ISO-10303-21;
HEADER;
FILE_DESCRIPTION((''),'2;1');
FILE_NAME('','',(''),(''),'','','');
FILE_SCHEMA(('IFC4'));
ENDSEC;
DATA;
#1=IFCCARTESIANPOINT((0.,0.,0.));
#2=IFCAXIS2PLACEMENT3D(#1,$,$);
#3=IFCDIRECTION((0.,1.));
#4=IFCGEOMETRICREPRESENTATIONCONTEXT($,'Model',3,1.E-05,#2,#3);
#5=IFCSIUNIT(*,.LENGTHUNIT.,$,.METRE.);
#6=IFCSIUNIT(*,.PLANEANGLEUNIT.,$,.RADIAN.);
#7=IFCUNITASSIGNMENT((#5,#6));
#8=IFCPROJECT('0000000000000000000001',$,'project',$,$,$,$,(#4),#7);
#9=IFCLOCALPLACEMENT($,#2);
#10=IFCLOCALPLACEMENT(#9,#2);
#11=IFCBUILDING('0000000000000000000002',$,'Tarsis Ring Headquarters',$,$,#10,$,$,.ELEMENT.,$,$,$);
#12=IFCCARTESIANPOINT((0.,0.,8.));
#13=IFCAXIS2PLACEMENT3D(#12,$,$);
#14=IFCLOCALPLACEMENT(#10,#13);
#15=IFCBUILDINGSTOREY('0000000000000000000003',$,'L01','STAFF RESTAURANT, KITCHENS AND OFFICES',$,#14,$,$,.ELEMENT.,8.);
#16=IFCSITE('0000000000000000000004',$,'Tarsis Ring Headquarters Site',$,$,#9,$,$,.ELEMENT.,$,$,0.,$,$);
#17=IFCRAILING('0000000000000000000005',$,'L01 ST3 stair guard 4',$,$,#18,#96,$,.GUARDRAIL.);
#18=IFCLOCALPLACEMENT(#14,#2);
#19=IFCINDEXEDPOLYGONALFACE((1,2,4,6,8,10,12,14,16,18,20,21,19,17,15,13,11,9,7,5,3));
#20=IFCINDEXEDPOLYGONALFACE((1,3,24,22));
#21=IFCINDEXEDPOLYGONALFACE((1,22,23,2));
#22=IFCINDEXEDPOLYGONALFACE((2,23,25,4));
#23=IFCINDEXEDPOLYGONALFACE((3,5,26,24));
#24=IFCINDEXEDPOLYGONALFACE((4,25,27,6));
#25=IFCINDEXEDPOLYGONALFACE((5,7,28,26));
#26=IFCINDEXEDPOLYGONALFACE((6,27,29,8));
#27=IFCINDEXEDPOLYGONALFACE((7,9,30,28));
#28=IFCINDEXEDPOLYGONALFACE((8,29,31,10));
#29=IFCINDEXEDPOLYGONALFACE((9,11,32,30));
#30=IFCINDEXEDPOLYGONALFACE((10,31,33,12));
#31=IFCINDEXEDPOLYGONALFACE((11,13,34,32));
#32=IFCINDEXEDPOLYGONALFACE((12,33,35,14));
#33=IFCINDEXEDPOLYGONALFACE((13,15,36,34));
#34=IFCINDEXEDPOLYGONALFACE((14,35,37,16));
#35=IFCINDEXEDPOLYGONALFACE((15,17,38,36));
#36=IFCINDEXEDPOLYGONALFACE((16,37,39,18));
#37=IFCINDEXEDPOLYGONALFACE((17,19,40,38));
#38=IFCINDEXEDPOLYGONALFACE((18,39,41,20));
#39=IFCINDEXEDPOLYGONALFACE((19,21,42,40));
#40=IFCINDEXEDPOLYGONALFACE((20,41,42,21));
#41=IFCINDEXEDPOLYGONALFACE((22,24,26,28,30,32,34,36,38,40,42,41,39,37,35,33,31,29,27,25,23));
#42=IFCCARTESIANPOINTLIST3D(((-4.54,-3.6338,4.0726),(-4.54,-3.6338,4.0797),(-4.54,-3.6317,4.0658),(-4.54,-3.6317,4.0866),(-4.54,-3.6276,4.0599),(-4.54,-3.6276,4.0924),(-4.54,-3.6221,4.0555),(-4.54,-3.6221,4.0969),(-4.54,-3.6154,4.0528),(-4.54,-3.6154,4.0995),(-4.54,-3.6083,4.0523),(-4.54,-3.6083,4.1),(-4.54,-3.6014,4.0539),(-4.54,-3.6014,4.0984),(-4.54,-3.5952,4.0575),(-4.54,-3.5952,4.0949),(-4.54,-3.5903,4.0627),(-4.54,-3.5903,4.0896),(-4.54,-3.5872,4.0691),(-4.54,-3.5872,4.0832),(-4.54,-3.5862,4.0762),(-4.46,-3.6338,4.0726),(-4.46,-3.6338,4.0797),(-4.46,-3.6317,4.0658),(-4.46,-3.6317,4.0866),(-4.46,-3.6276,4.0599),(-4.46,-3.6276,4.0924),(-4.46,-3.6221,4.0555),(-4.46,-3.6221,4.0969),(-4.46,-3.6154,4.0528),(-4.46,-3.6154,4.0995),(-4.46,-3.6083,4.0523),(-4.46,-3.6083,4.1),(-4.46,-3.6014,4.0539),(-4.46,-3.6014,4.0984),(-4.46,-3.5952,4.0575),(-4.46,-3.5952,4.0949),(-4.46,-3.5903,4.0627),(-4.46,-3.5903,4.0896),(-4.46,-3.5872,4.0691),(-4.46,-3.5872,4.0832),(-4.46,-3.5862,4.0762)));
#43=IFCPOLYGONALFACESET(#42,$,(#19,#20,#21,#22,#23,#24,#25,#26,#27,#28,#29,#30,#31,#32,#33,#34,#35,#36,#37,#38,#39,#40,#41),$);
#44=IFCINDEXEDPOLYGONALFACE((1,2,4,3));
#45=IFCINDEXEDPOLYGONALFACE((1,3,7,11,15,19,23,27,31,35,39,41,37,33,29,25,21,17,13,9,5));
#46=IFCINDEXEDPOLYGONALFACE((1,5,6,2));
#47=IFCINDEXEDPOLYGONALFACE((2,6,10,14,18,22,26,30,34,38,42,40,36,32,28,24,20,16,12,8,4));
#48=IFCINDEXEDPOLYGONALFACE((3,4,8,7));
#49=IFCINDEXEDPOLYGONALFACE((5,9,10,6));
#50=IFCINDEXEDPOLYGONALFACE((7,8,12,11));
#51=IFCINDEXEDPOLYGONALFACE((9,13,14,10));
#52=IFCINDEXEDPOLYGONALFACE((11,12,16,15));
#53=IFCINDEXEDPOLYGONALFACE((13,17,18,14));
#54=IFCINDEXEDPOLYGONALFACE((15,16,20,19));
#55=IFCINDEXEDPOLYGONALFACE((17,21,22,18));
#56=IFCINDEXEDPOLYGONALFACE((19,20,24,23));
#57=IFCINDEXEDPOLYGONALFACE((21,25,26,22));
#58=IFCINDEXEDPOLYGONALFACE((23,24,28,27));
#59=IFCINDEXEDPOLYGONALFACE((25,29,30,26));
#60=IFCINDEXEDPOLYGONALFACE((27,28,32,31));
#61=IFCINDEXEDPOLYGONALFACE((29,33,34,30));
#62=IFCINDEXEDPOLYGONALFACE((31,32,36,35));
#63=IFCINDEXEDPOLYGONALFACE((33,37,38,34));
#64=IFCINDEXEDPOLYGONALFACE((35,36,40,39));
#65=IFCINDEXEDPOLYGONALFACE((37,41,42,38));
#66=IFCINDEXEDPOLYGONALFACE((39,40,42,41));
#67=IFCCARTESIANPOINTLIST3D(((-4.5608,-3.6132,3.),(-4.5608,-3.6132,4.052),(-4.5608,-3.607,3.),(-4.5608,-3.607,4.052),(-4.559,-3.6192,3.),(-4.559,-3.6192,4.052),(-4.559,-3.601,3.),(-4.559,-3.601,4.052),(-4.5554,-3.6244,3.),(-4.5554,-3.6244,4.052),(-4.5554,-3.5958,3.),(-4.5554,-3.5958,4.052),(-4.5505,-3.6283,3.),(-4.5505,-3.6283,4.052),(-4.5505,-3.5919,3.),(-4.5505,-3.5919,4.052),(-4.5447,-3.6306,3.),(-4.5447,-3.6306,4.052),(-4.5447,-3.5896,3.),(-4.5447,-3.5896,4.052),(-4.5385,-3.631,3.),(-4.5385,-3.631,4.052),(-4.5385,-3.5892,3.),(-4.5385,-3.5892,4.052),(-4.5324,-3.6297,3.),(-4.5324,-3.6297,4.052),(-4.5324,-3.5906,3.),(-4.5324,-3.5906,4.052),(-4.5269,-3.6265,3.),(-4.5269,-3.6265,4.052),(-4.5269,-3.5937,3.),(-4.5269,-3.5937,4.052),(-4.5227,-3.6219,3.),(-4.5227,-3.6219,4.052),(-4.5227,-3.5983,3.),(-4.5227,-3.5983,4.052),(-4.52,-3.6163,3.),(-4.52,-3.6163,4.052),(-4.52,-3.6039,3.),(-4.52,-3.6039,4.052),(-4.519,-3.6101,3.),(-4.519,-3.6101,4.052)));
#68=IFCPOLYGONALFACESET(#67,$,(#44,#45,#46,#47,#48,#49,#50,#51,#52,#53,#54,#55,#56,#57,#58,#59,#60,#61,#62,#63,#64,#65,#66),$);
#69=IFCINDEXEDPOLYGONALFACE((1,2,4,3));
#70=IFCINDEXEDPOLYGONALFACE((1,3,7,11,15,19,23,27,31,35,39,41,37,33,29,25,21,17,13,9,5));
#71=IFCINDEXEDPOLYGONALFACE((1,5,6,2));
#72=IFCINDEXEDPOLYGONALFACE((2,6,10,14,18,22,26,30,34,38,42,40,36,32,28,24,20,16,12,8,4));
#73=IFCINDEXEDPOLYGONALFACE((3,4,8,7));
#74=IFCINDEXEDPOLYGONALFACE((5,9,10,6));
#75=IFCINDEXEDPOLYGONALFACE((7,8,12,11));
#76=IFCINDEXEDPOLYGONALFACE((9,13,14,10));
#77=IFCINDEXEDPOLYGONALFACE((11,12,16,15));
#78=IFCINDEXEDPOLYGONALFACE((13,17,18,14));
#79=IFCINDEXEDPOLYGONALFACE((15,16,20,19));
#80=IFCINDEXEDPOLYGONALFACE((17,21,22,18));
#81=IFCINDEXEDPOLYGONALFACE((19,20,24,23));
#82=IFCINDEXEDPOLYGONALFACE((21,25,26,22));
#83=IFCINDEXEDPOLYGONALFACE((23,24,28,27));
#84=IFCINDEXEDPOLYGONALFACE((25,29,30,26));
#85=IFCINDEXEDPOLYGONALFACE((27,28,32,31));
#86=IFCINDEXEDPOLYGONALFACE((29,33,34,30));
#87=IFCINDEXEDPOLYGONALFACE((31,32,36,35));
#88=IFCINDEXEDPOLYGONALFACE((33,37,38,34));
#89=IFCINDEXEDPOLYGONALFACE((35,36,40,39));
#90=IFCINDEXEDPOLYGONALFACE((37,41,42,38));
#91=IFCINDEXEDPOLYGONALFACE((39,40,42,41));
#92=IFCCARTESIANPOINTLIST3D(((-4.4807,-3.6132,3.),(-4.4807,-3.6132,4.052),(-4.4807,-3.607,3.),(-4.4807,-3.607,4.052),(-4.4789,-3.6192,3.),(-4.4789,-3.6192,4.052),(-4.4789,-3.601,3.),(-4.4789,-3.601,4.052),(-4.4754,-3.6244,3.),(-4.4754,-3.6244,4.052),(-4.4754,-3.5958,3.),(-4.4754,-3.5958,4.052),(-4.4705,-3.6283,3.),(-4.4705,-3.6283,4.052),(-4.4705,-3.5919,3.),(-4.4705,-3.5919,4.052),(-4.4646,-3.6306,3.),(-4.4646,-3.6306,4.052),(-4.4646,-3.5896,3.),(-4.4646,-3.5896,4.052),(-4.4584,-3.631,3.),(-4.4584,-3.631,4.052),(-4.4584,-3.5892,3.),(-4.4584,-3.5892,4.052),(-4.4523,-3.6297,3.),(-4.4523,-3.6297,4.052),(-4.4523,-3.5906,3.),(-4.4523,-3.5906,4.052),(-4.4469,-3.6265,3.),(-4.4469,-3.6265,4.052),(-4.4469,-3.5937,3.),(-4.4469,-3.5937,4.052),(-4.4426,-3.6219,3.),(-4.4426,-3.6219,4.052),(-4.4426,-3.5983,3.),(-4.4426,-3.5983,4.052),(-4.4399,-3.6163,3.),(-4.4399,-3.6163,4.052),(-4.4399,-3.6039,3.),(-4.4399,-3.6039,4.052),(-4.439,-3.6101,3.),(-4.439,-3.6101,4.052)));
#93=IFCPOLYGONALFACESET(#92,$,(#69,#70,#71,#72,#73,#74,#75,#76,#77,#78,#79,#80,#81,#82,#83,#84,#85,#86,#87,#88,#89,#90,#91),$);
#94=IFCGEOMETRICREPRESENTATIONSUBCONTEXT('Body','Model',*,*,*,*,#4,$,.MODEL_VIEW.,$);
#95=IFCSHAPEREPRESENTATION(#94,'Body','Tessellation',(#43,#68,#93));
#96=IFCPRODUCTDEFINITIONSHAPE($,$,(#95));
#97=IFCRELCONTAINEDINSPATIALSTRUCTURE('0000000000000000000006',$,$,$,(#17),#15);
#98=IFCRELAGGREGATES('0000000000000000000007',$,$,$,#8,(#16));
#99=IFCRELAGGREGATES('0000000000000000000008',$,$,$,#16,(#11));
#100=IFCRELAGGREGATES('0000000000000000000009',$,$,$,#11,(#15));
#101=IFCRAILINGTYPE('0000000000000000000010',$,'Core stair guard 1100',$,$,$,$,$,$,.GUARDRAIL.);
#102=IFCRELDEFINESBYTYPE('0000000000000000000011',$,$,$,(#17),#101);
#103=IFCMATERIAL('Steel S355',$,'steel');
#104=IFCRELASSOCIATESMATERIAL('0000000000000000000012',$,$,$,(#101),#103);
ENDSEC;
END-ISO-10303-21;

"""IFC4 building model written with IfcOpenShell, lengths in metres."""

from ifc_helpers import new_model, si_unit, direction, frame, origin, origin_2d, place, context, subcontext, project, spatial, circle, extrude, material, type_object, element, save


model = new_model("IFC4")

# Units and contexts
model_context = context("Model", 3, precision=1e-05, world=origin(), true_north=direction((0.0, 1.0)))
body_context = subcontext(model_context, "Body", "Model", "MODEL_VIEW")
ifc_project = project(units=[si_unit("LENGTHUNIT", "METRE"), si_unit("PLANEANGLEUNIT", "RADIAN")], contexts=[model_context])

# Site, building, storey
site_placement = place(None, origin())
site = spatial("IfcSite", under=ifc_project, at=site_placement, Name="Tarsis Ring Headquarters Site", CompositionType="ELEMENT", RefElevation=0.0)
building_placement = place(site_placement, origin())
building = spatial("IfcBuilding", under=site, at=building_placement, Name="Tarsis Ring Headquarters", CompositionType="ELEMENT")
storey_placement = place(building_placement, frame((0.0, 0.0, 8.0)))
storey = spatial("IfcBuildingStorey", under=building, at=storey_placement, Name="L01", Description="STAFF RESTAURANT, KITCHENS AND OFFICES", CompositionType="ELEMENT", Elevation=8.0)

# Shared definitions
ifc_material_1 = material(Name="Steel S355", Category="steel")

# Railing
railing_type_1 = type_object("IfcRailingType", Name="Core stair guard 1100", PredefinedType="GUARDRAIL", material=ifc_material_1)
railing_1_placement = place(storey_placement, frame((-4.54, -3.6101, 3.0)))
element("IfcRailing", 1, at=railing_1_placement, inside=storey, type_object=railing_type_1, Name="L01 ST3 stair guard 4", PredefinedType="GUARDRAIL", context=body_context, shape_type="SweptSolid", body=[
    extrude(circle(Radius=0.0239, at=origin_2d()), frame((0.0, 0.0, 1.0762), z_axis=(1.0, 0.0, 0.0), x_axis=(0.0, 1.0, 0.0)), (0.0, 0.0, 1.0), 0.0801),
    extrude(circle(Radius=0.021, at=origin_2d()), origin(), (0.0, 0.0, 1.0), 1.052),
    extrude(circle(Radius=0.021, at=origin_2d()), frame((0.0801, 0.0, 0.0)), (0.0, 0.0, 1.0), 1.052),
])

save(model, "model.ifc")
